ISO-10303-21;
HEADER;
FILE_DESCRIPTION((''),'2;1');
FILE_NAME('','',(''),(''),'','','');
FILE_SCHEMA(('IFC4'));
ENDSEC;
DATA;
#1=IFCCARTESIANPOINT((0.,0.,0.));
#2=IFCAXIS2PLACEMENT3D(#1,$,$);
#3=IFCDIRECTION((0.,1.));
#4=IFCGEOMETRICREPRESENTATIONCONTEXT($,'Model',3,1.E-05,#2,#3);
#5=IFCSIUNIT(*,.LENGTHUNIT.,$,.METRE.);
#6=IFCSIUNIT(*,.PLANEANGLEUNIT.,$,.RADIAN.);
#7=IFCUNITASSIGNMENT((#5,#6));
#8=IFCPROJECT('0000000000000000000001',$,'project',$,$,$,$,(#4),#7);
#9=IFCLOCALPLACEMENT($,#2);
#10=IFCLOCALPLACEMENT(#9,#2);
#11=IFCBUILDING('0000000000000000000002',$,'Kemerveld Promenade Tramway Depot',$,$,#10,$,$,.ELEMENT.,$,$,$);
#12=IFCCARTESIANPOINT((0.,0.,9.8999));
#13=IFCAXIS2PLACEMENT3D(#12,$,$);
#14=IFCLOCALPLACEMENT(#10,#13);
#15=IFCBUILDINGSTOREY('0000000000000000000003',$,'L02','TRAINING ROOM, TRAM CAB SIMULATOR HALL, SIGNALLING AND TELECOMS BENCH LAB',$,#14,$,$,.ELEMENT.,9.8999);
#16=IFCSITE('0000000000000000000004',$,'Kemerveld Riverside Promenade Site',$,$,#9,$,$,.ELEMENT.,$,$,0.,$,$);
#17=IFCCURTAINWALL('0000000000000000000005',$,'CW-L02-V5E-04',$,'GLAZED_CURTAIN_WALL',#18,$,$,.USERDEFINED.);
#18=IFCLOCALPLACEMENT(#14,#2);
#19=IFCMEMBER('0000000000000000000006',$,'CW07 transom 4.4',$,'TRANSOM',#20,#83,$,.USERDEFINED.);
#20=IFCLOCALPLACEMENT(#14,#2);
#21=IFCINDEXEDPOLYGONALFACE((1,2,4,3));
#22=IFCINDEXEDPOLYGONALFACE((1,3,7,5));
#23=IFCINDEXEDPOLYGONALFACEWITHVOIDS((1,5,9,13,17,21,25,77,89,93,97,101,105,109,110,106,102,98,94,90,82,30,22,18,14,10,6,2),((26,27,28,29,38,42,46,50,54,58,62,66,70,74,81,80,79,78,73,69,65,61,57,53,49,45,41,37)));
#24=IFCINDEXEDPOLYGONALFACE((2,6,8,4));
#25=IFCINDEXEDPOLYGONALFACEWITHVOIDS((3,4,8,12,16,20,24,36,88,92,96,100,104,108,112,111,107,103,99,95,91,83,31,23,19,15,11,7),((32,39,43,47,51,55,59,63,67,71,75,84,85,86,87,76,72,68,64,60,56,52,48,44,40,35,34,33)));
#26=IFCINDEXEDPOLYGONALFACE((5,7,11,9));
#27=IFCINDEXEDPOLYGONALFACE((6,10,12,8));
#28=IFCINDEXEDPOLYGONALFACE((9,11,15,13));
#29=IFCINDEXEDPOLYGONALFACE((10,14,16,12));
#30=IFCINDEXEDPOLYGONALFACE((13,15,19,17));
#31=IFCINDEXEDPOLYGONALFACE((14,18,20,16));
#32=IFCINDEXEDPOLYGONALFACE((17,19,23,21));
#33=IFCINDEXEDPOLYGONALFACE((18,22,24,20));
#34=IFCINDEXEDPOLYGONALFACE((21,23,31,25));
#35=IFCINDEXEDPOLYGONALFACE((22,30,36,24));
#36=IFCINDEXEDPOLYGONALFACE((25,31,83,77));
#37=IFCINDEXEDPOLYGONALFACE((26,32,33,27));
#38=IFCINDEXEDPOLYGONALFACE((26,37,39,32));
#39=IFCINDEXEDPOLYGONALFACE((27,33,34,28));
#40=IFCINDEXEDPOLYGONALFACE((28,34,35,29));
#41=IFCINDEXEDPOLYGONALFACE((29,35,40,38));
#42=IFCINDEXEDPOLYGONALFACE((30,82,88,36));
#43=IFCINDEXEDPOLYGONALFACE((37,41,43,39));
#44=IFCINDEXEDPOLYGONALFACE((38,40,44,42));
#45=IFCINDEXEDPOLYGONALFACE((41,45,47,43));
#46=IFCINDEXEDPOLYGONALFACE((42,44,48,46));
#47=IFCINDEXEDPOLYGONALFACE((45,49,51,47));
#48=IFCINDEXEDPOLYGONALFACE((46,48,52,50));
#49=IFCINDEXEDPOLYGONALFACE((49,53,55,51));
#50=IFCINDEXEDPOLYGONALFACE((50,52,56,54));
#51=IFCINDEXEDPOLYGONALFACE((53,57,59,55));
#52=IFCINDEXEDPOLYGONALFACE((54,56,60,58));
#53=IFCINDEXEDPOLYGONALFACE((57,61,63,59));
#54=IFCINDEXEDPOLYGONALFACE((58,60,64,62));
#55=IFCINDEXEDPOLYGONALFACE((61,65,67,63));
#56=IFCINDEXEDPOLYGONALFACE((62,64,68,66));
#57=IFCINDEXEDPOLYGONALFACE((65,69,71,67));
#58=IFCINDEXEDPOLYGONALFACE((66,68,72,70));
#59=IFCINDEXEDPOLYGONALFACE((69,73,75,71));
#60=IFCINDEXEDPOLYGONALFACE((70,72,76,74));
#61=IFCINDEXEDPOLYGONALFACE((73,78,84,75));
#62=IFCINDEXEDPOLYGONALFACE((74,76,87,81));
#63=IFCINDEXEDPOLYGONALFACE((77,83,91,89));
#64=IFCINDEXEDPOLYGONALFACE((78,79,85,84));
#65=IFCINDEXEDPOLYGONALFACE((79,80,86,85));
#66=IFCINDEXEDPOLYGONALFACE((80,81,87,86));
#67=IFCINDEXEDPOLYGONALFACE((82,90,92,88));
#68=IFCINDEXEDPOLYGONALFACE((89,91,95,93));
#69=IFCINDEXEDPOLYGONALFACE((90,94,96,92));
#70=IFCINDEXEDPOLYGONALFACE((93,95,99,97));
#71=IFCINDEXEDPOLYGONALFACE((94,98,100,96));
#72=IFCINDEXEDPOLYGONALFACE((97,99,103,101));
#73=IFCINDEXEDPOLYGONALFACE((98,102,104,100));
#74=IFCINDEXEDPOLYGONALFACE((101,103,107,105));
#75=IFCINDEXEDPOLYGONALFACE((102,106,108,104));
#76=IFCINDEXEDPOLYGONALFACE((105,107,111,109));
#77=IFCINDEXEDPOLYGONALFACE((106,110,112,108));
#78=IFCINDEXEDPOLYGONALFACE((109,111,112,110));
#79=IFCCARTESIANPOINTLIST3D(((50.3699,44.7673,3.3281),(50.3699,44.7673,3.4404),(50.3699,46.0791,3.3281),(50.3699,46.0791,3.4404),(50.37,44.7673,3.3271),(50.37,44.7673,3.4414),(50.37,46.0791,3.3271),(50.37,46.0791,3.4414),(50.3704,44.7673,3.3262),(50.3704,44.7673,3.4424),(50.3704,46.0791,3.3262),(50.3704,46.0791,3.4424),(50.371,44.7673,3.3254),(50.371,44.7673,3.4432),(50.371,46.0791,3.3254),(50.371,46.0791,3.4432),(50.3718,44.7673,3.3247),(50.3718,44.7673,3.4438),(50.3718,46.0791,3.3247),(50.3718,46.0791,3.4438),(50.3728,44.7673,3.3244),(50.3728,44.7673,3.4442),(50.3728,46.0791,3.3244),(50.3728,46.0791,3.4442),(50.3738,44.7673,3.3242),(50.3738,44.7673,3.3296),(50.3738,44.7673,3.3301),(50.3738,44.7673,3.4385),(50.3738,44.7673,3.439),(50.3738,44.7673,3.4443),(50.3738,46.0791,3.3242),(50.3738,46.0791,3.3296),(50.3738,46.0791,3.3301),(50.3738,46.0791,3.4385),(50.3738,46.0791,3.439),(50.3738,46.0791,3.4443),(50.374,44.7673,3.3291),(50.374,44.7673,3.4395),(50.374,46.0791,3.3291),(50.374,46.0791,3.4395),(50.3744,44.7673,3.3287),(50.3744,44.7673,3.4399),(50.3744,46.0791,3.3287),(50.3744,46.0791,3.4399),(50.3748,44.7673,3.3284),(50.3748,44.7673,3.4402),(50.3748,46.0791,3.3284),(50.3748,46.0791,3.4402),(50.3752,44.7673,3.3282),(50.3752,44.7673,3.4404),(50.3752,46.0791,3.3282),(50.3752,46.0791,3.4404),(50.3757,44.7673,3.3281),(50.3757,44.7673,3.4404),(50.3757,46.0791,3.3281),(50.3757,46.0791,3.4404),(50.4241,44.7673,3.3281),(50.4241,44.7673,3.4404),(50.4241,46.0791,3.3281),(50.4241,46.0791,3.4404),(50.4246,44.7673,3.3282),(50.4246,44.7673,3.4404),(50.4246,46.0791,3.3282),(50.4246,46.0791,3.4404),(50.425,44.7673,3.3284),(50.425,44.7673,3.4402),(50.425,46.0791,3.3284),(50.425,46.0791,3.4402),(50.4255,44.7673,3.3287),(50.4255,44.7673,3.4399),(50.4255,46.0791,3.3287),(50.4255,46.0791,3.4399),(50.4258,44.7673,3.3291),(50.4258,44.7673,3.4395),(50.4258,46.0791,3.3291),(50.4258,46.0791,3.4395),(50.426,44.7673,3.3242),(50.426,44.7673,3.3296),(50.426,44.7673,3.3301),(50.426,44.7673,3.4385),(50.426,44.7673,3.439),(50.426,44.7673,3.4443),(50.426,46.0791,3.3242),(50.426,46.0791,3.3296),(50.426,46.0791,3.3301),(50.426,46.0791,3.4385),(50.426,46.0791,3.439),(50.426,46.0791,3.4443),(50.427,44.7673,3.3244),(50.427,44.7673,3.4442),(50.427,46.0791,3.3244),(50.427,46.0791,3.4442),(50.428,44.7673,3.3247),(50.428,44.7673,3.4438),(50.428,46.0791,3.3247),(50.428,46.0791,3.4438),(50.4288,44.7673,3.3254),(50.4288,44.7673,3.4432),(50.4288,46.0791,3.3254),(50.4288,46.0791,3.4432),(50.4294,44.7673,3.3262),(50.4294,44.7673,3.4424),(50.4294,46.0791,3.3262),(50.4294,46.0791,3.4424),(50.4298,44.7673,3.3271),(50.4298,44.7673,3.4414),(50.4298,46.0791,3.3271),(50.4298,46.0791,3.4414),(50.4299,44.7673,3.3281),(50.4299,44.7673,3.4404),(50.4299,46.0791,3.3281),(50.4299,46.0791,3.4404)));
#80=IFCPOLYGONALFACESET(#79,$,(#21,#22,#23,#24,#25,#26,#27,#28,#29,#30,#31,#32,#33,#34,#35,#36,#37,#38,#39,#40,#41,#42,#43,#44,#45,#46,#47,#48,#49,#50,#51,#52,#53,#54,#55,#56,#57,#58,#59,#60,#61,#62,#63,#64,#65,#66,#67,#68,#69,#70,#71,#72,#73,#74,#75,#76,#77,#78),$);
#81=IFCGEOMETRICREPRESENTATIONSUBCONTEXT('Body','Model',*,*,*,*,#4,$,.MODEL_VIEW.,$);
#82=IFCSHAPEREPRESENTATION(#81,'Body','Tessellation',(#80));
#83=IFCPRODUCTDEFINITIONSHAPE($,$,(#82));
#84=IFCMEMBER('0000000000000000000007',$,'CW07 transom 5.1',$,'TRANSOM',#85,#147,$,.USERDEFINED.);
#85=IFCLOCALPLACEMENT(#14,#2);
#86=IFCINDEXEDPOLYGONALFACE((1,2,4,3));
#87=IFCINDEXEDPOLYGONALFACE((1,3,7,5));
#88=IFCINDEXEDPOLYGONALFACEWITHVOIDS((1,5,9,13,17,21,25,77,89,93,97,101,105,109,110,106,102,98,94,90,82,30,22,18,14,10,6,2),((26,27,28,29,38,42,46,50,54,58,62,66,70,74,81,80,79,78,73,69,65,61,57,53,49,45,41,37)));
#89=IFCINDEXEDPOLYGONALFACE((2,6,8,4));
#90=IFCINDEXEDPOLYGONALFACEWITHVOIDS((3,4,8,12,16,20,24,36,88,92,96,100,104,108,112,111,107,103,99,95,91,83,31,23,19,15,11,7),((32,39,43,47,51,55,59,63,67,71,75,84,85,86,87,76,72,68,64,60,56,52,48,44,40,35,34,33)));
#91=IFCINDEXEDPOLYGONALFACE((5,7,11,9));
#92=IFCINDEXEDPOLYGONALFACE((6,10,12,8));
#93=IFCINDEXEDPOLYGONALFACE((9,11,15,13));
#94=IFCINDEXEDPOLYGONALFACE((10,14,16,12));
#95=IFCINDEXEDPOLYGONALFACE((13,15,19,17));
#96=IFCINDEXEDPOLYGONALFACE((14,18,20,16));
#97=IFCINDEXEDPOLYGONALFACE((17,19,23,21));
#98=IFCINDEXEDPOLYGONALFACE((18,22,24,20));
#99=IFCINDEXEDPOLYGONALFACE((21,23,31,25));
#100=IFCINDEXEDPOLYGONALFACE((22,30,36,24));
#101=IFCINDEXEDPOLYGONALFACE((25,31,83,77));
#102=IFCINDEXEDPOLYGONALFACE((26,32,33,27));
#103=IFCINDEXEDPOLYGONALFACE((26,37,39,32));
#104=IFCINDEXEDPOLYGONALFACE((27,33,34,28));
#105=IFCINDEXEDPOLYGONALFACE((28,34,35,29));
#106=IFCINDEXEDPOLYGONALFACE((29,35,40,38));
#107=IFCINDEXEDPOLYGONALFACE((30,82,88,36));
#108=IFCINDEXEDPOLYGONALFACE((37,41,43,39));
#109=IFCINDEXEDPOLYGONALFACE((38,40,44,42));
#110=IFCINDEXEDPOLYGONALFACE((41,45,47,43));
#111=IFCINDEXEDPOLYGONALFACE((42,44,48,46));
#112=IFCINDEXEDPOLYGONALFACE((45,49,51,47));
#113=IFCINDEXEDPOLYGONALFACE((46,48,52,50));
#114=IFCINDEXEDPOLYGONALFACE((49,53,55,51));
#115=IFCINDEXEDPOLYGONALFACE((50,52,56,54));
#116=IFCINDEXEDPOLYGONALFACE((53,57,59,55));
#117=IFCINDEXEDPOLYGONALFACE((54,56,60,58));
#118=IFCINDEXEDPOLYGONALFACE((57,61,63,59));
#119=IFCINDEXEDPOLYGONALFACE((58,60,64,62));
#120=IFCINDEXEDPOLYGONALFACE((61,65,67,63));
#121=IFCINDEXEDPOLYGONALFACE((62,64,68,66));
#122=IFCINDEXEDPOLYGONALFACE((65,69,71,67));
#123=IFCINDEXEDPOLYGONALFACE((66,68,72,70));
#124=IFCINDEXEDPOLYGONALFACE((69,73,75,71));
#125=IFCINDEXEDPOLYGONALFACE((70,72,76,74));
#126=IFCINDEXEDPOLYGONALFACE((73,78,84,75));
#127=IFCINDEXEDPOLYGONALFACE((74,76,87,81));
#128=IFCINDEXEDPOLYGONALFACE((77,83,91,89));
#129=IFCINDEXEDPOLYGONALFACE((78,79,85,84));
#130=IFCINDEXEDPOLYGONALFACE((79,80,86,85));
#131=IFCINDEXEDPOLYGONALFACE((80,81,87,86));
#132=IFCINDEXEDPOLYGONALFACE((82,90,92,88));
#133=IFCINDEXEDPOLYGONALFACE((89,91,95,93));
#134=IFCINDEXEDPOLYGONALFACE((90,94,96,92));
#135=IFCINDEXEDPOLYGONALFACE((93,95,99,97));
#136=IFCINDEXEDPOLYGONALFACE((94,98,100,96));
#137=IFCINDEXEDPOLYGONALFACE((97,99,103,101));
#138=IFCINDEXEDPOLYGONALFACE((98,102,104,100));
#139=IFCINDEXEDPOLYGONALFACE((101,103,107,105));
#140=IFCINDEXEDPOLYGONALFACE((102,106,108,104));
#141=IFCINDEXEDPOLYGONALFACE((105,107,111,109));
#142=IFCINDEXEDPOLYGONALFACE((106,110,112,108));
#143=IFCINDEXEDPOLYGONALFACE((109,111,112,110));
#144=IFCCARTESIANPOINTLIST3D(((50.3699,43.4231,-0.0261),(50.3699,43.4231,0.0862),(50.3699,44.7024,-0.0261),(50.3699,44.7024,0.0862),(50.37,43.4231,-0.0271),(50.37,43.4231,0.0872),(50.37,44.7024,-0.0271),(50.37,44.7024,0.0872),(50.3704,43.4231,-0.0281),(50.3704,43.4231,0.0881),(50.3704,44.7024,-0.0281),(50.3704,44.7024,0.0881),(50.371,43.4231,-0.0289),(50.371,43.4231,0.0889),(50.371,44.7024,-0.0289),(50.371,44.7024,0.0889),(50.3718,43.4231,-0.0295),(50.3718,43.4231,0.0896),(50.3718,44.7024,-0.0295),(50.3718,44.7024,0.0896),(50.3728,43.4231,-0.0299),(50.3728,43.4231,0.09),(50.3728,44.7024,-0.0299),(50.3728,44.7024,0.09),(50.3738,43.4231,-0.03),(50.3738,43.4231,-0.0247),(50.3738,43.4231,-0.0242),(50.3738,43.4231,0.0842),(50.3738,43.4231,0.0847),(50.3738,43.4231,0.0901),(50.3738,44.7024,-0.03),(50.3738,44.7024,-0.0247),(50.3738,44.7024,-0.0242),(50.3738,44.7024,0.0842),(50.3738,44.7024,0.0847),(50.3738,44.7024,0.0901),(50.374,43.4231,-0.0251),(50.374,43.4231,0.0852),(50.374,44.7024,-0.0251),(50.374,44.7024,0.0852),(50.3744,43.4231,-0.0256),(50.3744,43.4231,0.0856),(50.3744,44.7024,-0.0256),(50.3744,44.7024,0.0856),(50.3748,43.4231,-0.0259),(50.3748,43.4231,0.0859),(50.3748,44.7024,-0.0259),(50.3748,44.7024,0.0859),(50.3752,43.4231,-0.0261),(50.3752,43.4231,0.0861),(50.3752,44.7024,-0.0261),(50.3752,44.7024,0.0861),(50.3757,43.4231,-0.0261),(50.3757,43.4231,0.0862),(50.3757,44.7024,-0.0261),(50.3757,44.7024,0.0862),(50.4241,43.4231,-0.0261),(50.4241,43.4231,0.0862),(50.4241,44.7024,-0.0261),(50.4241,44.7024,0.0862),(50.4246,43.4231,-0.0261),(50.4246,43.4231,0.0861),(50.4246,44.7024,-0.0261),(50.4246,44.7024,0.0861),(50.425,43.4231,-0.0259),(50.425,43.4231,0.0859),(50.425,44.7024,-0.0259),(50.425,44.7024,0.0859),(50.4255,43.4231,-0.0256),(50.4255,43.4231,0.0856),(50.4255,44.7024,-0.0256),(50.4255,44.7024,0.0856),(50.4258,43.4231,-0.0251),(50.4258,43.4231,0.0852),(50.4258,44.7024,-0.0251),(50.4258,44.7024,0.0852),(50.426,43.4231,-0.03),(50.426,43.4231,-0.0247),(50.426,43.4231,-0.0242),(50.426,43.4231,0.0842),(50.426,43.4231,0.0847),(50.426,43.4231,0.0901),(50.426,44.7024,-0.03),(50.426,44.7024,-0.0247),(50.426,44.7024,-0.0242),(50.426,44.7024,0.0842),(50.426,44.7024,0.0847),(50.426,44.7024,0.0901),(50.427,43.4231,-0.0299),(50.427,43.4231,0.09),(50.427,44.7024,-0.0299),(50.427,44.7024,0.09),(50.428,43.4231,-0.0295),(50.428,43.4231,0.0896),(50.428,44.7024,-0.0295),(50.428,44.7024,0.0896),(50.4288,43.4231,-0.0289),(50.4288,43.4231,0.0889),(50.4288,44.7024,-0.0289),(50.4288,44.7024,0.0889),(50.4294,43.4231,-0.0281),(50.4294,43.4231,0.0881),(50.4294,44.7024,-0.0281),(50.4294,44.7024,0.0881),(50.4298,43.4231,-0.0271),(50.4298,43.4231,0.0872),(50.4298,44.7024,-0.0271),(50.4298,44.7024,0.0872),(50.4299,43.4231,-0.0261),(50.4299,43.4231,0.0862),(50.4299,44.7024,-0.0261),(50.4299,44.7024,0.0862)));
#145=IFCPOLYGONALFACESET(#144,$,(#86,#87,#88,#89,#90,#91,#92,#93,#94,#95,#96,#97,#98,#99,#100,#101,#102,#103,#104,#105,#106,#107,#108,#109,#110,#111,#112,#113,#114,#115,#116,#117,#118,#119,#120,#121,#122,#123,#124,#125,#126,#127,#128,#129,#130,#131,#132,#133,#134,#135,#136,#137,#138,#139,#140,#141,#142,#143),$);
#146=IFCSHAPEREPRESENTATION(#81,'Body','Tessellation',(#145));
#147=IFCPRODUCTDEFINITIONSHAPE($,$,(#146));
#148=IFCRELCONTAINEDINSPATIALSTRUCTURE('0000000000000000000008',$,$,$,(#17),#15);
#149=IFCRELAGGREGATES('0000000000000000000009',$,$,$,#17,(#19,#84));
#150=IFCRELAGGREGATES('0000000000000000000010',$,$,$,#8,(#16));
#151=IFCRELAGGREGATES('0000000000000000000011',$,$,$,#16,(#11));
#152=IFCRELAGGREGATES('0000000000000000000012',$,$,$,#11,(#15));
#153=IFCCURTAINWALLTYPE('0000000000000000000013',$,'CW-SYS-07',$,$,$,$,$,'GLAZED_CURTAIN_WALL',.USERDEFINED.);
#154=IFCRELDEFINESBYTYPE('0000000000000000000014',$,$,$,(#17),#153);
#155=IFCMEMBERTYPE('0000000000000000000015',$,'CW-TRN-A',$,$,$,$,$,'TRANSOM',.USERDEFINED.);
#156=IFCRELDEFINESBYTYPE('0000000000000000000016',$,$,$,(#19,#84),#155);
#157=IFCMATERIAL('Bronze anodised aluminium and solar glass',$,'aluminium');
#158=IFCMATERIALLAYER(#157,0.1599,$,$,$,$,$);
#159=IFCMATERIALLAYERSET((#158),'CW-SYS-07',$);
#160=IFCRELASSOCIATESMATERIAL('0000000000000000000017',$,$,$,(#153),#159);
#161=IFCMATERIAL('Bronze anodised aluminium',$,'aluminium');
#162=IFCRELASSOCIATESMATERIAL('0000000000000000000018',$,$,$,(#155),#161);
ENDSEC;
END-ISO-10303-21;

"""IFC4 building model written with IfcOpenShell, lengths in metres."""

from ifc_helpers import new_model, si_unit, direction, frame, origin, origin_2d, place, context, subcontext, project, spatial, hollow_rectangle, extrude, material, layer, layer_set, material_profile, profile_set, type_object, element, aggregate, save


model = new_model("IFC4")

# Units and contexts
model_context = context("Model", 3, precision=1e-05, world=origin(), true_north=direction((0.0, 1.0)))
body_context = subcontext(model_context, "Body", "Model", "MODEL_VIEW")
ifc_project = project(units=[si_unit("LENGTHUNIT", "METRE"), si_unit("PLANEANGLEUNIT", "RADIAN")], contexts=[model_context])

# Site, building, storey
site_placement = place(None, origin())
site = spatial("IfcSite", under=ifc_project, at=site_placement, Name="Kemerveld Riverside Promenade Site", CompositionType="ELEMENT", RefElevation=0.0)
building_placement = place(site_placement, origin())
building = spatial("IfcBuilding", under=site, at=building_placement, Name="Kemerveld Promenade Tramway Depot", CompositionType="ELEMENT")
storey_placement = place(building_placement, frame((0.0, 0.0, 9.8999)))
storey = spatial("IfcBuildingStorey", under=building, at=storey_placement, Name="L02", Description="TRAINING ROOM, TRAM CAB SIMULATOR HALL, SIGNALLING AND TELECOMS BENCH LAB", CompositionType="ELEMENT", Elevation=9.8999)

# Curtain wall, members
ifc_material_1 = material(Name="Bronze anodised aluminium and solar glass", Category="aluminium")
ifc_layer_1 = layer(ifc_material_1, 0.1599)
ifc_layer_set_1 = layer_set([ifc_layer_1], Name="CW-SYS-07")
curtain_wall_type = type_object("IfcCurtainWallType", Name="CW-SYS-07", ElementType="GLAZED_CURTAIN_WALL", PredefinedType="USERDEFINED", material=ifc_layer_set_1)
curtain_wall_placement = place(storey_placement, origin())
curtain_wall = element("IfcCurtainWall", 1, at=curtain_wall_placement, inside=storey, type_object=curtain_wall_type, Name="CW-L02-V5E-04", ObjectType="GLAZED_CURTAIN_WALL", PredefinedType="USERDEFINED")
ifc_material_2 = material(Name="Bronze anodised aluminium", Category="aluminium")
ifc_material_profile_1 = material_profile(ifc_material_2, hollow_rectangle(XDim=0.0601, YDim=0.1201, WallThickness=0.0039, InnerFilletRadius=0.002, OuterFilletRadius=0.0039, at=origin_2d()), Name="CW-TRN-120x60")
ifc_profile_set_1 = profile_set([ifc_material_profile_1], Name="Bronze anodised aluminium")
member_type_1 = type_object("IfcMemberType", Name="CW-TRN-A", ElementType="TRANSOM", PredefinedType="USERDEFINED", material=ifc_profile_set_1)
member_1_placement = place(storey_placement, frame((50.3999, 46.0791, 3.3843), z_axis=(0.0, -1.0, 0.0), x_axis=(1.0, 0.0, 0.0)))
member_1 = element("IfcMember", 2, at=member_1_placement, type_object=member_type_1, Name="CW07 transom 4.4", ObjectType="TRANSOM", PredefinedType="USERDEFINED", context=body_context, shape_type="SweptSolid", body=[
    extrude(hollow_rectangle(XDim=0.0601, YDim=0.1201, WallThickness=0.0039, InnerFilletRadius=0.002, OuterFilletRadius=0.0039, at=origin_2d()), origin(), (0.0, 0.0, 1.0), 1.3118),
])
member_2_placement = place(storey_placement, frame((50.3999, 44.7024, 0.03), z_axis=(0.0, -1.0, 0.0), x_axis=(1.0, 0.0, 0.0)))
member_2 = element("IfcMember", 3, at=member_2_placement, type_object=member_type_1, Name="CW07 transom 5.1", ObjectType="TRANSOM", PredefinedType="USERDEFINED", context=body_context, shape_type="SweptSolid", body=[
    extrude(hollow_rectangle(XDim=0.0601, YDim=0.1201, WallThickness=0.0039, InnerFilletRadius=0.002, OuterFilletRadius=0.0039, at=origin_2d()), origin(), (0.0, 0.0, 1.0), 1.2793),
])
aggregate(curtain_wall, [member_1, member_2])

save(model, "model.ifc")
